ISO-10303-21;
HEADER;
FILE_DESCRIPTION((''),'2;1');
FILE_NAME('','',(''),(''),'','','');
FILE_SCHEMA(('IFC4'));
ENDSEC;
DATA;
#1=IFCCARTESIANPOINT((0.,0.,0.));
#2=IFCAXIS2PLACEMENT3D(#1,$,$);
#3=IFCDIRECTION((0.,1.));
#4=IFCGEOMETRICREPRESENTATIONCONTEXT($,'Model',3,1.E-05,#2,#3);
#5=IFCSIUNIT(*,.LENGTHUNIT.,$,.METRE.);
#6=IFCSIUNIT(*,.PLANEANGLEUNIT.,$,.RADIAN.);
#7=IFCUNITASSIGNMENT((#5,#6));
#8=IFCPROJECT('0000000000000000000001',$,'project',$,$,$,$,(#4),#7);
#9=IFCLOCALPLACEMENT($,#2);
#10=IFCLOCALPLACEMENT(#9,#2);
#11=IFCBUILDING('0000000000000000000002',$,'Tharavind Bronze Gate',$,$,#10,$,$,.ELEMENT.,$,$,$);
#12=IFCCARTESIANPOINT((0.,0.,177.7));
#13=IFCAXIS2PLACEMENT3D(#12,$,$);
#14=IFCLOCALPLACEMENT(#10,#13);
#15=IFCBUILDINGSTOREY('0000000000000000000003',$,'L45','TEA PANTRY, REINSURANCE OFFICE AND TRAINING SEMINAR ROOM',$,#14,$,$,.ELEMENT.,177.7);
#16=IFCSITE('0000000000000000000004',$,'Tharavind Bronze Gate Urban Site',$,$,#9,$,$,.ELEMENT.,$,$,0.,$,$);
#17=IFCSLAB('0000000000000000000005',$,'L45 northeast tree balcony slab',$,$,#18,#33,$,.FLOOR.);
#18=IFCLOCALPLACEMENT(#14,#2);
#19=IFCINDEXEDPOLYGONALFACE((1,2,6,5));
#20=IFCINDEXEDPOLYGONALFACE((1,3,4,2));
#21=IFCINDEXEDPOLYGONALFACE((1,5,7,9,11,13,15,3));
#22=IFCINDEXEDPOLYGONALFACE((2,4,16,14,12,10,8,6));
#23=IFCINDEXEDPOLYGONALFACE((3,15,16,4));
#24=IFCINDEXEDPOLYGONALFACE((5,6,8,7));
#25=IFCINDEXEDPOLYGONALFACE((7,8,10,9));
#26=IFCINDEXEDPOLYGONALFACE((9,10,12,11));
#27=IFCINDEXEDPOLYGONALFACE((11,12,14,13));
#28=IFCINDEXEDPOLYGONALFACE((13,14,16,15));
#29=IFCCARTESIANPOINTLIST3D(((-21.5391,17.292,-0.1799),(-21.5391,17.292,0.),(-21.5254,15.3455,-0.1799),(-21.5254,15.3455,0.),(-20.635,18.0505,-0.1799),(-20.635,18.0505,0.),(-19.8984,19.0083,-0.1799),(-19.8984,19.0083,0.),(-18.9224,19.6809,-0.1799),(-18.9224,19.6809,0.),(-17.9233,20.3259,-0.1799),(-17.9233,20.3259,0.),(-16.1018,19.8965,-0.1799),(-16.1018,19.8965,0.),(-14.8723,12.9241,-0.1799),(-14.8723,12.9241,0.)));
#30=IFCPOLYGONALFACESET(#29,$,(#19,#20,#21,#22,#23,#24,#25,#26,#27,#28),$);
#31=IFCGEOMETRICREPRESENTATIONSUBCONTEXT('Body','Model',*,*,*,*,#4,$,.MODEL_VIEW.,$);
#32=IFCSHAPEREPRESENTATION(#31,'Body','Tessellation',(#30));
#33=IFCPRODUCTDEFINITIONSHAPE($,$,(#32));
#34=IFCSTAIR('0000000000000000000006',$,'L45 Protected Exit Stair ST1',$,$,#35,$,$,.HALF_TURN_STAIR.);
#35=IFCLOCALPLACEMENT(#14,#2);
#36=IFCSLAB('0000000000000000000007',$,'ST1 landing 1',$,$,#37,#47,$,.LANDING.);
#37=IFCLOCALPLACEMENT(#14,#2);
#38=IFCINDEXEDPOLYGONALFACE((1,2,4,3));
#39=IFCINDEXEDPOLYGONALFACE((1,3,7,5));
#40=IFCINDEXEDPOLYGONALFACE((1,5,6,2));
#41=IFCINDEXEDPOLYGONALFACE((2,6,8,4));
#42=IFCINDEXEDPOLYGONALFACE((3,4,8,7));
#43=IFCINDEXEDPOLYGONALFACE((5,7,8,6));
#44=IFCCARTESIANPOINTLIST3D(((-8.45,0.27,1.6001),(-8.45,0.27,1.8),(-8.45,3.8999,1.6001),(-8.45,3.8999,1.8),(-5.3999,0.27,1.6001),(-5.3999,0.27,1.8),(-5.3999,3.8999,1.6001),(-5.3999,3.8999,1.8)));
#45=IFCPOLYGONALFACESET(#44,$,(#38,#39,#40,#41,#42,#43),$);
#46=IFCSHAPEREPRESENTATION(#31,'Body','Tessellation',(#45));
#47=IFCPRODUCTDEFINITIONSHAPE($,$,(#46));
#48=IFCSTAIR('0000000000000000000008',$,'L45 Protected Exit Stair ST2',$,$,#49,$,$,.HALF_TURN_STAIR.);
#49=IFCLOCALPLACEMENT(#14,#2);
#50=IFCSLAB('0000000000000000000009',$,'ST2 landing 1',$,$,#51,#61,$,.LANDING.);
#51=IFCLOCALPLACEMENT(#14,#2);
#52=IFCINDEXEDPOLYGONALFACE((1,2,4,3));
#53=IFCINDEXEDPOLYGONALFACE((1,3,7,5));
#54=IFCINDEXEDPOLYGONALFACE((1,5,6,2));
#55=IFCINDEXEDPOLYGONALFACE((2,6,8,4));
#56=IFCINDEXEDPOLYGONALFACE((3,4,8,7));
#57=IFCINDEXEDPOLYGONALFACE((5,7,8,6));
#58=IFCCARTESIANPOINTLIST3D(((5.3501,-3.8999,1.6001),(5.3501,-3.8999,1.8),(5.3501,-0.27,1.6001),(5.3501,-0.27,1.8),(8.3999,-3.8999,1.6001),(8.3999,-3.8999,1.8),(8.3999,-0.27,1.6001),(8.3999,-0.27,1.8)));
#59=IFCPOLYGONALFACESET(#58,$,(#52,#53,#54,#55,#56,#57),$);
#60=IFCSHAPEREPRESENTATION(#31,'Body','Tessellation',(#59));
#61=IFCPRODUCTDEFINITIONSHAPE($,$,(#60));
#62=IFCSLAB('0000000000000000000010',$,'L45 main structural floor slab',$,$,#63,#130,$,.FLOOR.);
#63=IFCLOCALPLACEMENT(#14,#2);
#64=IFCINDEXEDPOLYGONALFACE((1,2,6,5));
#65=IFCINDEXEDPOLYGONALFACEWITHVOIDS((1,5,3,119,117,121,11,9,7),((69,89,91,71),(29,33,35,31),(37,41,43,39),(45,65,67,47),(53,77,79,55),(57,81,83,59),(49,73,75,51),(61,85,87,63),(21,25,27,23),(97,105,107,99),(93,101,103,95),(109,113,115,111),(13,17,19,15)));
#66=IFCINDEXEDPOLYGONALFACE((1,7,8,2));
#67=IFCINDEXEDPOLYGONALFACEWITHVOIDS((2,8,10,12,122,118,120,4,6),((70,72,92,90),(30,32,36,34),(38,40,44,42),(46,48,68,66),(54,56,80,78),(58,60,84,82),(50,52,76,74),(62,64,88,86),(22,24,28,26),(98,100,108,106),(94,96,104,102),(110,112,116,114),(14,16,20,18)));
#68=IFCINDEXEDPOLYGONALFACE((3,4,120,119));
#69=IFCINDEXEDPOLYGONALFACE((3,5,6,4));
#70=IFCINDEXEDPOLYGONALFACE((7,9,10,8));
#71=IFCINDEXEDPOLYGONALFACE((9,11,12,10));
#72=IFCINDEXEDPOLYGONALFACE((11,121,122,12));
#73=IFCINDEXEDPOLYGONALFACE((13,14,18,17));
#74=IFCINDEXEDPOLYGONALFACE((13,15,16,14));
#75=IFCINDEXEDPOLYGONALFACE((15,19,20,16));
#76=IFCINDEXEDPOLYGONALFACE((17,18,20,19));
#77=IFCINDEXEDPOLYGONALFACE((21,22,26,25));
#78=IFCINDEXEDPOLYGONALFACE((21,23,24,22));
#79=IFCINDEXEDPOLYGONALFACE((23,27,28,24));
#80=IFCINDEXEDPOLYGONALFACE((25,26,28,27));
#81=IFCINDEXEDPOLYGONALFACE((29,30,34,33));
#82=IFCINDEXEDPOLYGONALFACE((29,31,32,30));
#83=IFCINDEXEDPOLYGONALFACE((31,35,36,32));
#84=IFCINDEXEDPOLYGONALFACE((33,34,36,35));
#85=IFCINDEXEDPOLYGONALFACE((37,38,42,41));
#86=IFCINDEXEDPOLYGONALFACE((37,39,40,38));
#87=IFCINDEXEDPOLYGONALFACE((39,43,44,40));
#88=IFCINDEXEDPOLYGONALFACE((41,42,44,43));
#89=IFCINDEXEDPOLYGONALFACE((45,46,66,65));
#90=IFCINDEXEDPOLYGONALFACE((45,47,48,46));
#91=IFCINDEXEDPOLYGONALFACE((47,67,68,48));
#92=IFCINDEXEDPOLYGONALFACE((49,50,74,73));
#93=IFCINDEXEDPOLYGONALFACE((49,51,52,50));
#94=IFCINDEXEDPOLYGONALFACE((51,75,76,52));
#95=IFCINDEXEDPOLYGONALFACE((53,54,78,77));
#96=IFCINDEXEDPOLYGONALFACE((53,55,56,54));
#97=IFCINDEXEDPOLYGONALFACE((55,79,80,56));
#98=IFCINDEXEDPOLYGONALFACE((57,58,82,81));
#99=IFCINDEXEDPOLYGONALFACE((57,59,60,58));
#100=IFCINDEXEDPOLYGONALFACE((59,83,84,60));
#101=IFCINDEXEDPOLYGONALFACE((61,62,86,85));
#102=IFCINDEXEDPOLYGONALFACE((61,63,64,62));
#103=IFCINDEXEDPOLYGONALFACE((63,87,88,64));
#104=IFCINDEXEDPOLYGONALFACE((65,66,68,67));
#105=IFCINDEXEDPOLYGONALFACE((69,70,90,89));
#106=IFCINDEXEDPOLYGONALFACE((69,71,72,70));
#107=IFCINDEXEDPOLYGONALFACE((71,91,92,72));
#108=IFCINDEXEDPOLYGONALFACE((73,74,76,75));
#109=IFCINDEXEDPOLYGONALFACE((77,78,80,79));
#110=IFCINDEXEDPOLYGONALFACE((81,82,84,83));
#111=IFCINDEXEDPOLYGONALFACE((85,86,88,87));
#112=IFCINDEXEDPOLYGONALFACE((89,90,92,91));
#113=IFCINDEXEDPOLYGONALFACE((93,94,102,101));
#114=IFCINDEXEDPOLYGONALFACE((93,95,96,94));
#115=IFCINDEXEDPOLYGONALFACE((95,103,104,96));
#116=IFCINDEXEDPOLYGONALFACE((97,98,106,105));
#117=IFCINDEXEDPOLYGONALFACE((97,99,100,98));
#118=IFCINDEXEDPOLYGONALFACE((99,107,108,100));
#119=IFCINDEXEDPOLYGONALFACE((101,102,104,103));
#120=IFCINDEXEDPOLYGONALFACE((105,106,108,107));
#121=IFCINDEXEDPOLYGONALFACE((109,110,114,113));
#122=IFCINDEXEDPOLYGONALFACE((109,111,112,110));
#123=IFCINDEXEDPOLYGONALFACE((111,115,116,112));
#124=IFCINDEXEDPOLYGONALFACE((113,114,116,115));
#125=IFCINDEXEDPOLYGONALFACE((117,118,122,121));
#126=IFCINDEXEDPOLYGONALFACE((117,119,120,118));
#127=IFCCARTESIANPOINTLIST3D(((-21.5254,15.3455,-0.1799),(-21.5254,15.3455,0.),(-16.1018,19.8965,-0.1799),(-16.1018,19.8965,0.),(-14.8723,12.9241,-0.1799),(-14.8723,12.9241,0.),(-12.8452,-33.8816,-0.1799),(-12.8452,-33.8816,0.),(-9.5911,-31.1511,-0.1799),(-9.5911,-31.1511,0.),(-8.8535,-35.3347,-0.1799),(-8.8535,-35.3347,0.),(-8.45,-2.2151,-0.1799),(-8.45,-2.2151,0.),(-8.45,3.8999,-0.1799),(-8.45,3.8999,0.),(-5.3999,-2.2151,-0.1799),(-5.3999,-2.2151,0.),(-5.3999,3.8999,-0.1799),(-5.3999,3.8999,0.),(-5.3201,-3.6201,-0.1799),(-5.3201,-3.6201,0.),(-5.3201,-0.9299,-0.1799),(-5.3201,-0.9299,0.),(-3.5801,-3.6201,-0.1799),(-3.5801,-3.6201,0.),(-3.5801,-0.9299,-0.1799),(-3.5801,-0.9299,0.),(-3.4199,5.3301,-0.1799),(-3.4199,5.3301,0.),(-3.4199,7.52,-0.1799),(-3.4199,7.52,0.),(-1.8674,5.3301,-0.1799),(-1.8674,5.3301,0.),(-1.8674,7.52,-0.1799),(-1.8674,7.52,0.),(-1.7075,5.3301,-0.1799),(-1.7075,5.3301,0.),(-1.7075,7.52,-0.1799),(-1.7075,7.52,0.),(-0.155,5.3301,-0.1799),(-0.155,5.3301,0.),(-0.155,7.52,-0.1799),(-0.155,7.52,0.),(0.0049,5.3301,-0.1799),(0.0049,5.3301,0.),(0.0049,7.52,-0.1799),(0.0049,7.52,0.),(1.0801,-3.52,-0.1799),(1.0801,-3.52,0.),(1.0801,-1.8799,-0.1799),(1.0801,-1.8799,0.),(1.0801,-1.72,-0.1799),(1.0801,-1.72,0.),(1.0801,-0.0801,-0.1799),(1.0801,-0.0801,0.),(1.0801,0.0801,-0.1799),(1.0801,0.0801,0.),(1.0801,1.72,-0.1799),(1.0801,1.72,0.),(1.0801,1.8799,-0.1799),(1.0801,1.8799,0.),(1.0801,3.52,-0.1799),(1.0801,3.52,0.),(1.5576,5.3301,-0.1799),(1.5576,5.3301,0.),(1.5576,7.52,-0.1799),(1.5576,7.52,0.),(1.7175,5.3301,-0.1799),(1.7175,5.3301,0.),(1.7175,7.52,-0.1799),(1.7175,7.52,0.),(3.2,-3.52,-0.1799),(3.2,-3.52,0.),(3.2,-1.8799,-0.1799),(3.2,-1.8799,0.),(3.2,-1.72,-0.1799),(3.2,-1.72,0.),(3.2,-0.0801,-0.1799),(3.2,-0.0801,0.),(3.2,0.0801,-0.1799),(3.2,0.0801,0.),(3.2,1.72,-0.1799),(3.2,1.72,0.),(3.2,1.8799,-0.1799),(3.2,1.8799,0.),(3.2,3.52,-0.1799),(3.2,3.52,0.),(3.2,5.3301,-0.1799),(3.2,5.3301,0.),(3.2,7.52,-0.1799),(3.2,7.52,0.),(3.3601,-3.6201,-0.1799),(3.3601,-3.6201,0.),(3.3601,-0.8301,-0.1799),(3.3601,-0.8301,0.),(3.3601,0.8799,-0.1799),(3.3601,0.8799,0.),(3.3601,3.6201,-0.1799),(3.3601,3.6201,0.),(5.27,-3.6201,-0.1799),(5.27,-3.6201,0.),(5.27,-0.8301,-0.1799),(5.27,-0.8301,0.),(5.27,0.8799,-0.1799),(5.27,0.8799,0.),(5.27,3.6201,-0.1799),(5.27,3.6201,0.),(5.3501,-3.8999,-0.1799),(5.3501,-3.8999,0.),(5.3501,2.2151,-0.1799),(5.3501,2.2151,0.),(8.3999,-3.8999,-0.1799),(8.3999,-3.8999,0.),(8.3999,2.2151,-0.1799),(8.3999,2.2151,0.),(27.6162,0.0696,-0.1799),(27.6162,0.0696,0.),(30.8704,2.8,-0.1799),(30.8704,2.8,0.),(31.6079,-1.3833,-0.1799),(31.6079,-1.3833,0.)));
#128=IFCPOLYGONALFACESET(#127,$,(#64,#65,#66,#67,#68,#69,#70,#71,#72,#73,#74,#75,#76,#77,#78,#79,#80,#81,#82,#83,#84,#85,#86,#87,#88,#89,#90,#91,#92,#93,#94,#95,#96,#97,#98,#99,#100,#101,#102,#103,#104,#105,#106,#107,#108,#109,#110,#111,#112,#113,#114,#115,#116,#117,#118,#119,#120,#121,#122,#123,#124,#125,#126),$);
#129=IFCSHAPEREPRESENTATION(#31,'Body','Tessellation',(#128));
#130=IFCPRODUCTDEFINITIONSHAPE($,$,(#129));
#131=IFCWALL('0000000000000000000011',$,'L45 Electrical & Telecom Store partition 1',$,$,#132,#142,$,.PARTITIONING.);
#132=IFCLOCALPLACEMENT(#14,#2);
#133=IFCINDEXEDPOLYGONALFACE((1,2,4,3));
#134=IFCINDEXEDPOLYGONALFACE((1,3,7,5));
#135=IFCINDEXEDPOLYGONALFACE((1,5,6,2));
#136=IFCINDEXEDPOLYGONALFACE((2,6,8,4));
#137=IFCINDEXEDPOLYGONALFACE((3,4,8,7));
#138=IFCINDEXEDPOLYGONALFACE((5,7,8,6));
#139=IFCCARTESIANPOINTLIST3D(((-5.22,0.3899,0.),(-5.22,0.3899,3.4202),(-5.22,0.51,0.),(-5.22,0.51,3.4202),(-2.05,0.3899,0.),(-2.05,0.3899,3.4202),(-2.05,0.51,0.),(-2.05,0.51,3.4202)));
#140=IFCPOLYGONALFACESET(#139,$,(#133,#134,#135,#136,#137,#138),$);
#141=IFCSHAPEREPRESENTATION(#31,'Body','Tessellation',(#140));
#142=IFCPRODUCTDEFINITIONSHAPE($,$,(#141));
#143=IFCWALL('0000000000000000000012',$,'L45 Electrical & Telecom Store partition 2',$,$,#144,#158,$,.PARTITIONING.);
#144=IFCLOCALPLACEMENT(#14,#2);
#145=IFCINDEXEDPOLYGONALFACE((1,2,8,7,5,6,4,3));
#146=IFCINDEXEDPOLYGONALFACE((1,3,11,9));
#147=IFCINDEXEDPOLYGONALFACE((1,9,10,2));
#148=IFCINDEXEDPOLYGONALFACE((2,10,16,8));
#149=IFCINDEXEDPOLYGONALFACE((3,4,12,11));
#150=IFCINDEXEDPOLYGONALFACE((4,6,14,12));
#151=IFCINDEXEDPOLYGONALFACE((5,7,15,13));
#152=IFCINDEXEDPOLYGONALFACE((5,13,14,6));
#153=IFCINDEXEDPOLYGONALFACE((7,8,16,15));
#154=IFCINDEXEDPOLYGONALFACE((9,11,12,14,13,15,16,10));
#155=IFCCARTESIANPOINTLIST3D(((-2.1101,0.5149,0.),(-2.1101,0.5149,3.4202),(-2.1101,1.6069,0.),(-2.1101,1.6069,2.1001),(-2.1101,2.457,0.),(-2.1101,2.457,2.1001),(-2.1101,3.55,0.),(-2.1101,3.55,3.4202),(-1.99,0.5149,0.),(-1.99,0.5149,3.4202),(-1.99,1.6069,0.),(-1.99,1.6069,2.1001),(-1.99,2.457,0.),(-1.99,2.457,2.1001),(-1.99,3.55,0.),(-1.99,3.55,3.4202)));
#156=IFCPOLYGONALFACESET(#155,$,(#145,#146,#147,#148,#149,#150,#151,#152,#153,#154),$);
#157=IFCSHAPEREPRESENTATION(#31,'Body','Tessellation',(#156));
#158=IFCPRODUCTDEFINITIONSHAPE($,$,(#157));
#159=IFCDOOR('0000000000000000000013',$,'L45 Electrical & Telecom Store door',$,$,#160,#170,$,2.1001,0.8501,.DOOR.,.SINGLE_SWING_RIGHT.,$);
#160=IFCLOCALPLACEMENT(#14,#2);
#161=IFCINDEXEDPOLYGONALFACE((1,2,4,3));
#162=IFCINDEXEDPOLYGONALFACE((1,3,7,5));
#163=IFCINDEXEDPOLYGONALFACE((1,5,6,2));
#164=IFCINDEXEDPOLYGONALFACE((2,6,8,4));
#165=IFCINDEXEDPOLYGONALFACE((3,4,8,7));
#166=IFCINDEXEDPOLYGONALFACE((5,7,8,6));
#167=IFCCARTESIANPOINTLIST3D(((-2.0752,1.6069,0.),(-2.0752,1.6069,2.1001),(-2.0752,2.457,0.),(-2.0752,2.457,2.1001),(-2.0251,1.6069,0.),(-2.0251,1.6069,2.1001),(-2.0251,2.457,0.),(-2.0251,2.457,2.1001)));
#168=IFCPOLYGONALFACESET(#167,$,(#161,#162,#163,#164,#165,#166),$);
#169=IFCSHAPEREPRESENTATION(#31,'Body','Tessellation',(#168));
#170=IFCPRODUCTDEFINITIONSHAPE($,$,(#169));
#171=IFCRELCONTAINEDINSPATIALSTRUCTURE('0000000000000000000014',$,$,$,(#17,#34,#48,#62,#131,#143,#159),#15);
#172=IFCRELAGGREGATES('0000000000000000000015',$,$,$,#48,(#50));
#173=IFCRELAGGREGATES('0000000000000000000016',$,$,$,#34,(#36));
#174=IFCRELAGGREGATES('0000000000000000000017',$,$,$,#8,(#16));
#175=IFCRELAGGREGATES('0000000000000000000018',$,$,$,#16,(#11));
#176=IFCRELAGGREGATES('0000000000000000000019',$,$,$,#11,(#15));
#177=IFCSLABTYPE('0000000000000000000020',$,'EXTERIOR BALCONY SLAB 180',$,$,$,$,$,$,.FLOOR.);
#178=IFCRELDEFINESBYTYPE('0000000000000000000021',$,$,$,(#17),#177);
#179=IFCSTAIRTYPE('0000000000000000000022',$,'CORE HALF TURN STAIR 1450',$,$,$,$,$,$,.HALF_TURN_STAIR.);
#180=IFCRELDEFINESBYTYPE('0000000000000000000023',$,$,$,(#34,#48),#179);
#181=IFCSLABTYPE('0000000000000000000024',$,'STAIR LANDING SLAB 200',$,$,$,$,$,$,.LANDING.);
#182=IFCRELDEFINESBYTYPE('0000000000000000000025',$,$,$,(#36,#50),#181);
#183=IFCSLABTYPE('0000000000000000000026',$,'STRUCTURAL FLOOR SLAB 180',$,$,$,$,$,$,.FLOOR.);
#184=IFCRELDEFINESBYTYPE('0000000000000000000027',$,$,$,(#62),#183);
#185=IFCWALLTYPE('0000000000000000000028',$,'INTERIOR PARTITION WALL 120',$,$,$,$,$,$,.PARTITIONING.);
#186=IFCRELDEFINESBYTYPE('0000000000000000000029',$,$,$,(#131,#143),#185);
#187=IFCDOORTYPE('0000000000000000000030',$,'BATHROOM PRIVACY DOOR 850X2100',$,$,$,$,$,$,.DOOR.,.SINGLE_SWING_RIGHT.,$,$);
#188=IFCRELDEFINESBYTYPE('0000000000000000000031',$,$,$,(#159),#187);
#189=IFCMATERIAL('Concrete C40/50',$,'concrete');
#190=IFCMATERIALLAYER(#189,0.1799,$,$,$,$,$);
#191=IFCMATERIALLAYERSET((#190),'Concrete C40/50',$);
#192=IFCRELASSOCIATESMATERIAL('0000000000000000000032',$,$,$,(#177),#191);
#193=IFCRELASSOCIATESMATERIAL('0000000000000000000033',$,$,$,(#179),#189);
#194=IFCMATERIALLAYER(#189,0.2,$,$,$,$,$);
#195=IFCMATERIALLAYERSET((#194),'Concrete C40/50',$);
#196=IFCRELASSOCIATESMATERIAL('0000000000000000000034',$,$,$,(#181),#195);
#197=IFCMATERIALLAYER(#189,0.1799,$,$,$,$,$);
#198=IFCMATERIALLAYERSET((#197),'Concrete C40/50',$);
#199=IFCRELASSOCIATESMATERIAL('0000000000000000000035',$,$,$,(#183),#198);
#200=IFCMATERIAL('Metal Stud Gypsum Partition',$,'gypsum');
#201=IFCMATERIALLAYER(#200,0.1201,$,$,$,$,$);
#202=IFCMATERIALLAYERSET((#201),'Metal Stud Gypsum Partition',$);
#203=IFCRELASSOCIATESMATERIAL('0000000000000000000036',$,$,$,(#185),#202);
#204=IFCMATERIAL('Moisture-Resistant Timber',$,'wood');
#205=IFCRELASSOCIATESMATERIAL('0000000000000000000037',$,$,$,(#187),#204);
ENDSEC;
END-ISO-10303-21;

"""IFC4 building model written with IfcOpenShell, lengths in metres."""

from ifc_helpers import new_model, si_unit, direction, frame, frame_2d, origin, place, context, subcontext, project, spatial, polyline, rectangle, outline, extrude, material, layer, layer_set, type_object, element, fill, aggregate, save


model = new_model("IFC4")

# Units and contexts
model_context = context("Model", 3, precision=1e-05, world=origin(), true_north=direction((0.0, 1.0)))
body_context = subcontext(model_context, "Body", "Model", "MODEL_VIEW")
ifc_project = project(units=[si_unit("LENGTHUNIT", "METRE"), si_unit("PLANEANGLEUNIT", "RADIAN")], contexts=[model_context])

# Site, building, storey
site_placement = place(None, origin())
site = spatial("IfcSite", under=ifc_project, at=site_placement, Name="Tharavind Bronze Gate Urban Site", CompositionType="ELEMENT", RefElevation=0.0)
building_placement = place(site_placement, origin())
building = spatial("IfcBuilding", under=site, at=building_placement, Name="Tharavind Bronze Gate", CompositionType="ELEMENT")
storey_placement = place(building_placement, frame((0.0, 0.0, 177.7)))
storey = spatial("IfcBuildingStorey", under=building, at=storey_placement, Name="L45", Description="TEA PANTRY, REINSURANCE OFFICE AND TRAINING SEMINAR ROOM", CompositionType="ELEMENT", Elevation=177.7)

# Slab
ifc_material_1 = material(Name="Concrete C40/50", Category="concrete")
ifc_layer_1 = layer(ifc_material_1, 0.1799)
ifc_layer_set_1 = layer_set([ifc_layer_1], Name="Concrete C40/50")
slab_type_1 = type_object("IfcSlabType", Name="EXTERIOR BALCONY SLAB 180", PredefinedType="FLOOR", material=ifc_layer_set_1)
slab_1_placement = place(storey_placement, frame((0.0, 0.0, -0.1799)))
element("IfcSlab", 1, at=slab_1_placement, inside=storey, type_object=slab_type_1, Name="L45 northeast tree balcony slab", PredefinedType="FLOOR", context=body_context, shape_type="SweptSolid", body=[
    extrude(outline(polyline([(-17.9233, 20.3259), (-18.9224, 19.6809), (-19.8984, 19.0083), (-20.635, 18.0505), (-21.5391, 17.292), (-21.5254, 15.3455), (-14.8723, 12.9241), (-16.1018, 19.8965), (-17.9233, 20.3259)])), origin(), (0.0, 0.0, 1.0), 0.1799),
])

# Stairs, slabs
stair_type = type_object("IfcStairType", Name="CORE HALF TURN STAIR 1450", PredefinedType="HALF_TURN_STAIR", material=ifc_material_1)
stair_1_placement = place(storey_placement, origin())
stair_1 = element("IfcStair", 2, at=stair_1_placement, inside=storey, type_object=stair_type, Name="L45 Protected Exit Stair ST1", PredefinedType="HALF_TURN_STAIR")
ifc_layer_2 = layer(ifc_material_1, 0.2)
ifc_layer_set_2 = layer_set([ifc_layer_2], Name="Concrete C40/50")
slab_type_2 = type_object("IfcSlabType", Name="STAIR LANDING SLAB 200", PredefinedType="LANDING", material=ifc_layer_set_2)
slab_2_placement = place(storey_placement, frame((0.0, 0.0, 1.6001)))
slab_2 = element("IfcSlab", 3, at=slab_2_placement, type_object=slab_type_2, Name="ST1 landing 1", PredefinedType="LANDING", context=body_context, shape_type="SweptSolid", body=[
    extrude(outline(polyline([(-5.3999, 0.27), (-5.3999, 3.8999), (-8.45, 3.8999), (-8.45, 0.27), (-5.3999, 0.27)])), origin(), (0.0, 0.0, 1.0), 0.2),
])
stair_2_placement = place(storey_placement, origin())
stair_2 = element("IfcStair", 4, at=stair_2_placement, inside=storey, type_object=stair_type, Name="L45 Protected Exit Stair ST2", PredefinedType="HALF_TURN_STAIR")
slab_3_placement = place(storey_placement, frame((0.0, 0.0, 1.6001)))
slab_3 = element("IfcSlab", 5, at=slab_3_placement, type_object=slab_type_2, Name="ST2 landing 1", PredefinedType="LANDING", context=body_context, shape_type="SweptSolid", body=[
    extrude(outline(polyline([(5.3501, -0.27), (5.3501, -3.8999), (8.3999, -3.8999), (8.3999, -0.27), (5.3501, -0.27)])), origin(), (0.0, 0.0, 1.0), 0.2),
])
aggregate(stair_2, [slab_3])

# Slab
ifc_layer_3 = layer(ifc_material_1, 0.1799)
ifc_layer_set_3 = layer_set([ifc_layer_3], Name="Concrete C40/50")
slab_type_3 = type_object("IfcSlabType", Name="STRUCTURAL FLOOR SLAB 180", PredefinedType="FLOOR", material=ifc_layer_set_3)
slab_4_placement = place(storey_placement, frame((0.0, 0.0, -0.1799)))
element("IfcSlab", 6, at=slab_4_placement, inside=storey, type_object=slab_type_3, Name="L45 main structural floor slab", PredefinedType="FLOOR", context=body_context, shape_type="SweptSolid", body=[
    extrude(outline(polyline([(-16.1018, 19.8965), (-14.8723, 12.9241), (-21.5254, 15.3455), (-12.8452, -33.8816), (-9.5911, -31.1511), (-8.8535, -35.3347), (31.6079, -1.3833), (27.6162, 0.0696), (30.8704, 2.8), (-16.1018, 19.8965)]), holes=[polyline([(-5.3999, -2.2151), (-5.3999, 3.8999), (-8.45, 3.8999), (-8.45, -2.2151), (-5.3999, -2.2151)]), polyline([(5.3501, 2.2151), (5.3501, -3.8999), (8.3999, -3.8999), (8.3999, 2.2151), (5.3501, 2.2151)]), polyline([(-3.4199, 5.3301), (-1.8674, 5.3301), (-1.8674, 7.52), (-3.4199, 7.52), (-3.4199, 5.3301)]), polyline([(-1.7075, 5.3301), (-0.155, 5.3301), (-0.155, 7.52), (-1.7075, 7.52), (-1.7075, 5.3301)]), polyline([(0.0049, 5.3301), (1.5576, 5.3301), (1.5576, 7.52), (0.0049, 7.52), (0.0049, 5.3301)]), polyline([(1.7175, 5.3301), (3.2, 5.3301), (3.2, 7.52), (1.7175, 7.52), (1.7175, 5.3301)]), polyline([(1.0801, -3.52), (3.2, -3.52), (3.2, -1.8799), (1.0801, -1.8799), (1.0801, -3.52)]), polyline([(1.0801, -1.72), (3.2, -1.72), (3.2, -0.0801), (1.0801, -0.0801), (1.0801, -1.72)]), polyline([(1.0801, 0.0801), (3.2, 0.0801), (3.2, 1.72), (1.0801, 1.72), (1.0801, 0.0801)]), polyline([(1.0801, 1.8799), (3.2, 1.8799), (3.2, 3.52), (1.0801, 3.52), (1.0801, 1.8799)]), polyline([(-5.3201, -3.6201), (-3.5801, -3.6201), (-3.5801, -0.9299), (-5.3201, -0.9299), (-5.3201, -3.6201)]), polyline([(3.3601, 0.8799), (5.27, 0.8799), (5.27, 3.6201), (3.3601, 3.6201), (3.3601, 0.8799)]), polyline([(3.3601, -3.6201), (5.27, -3.6201), (5.27, -0.8301), (3.3601, -0.8301), (3.3601, -3.6201)])]), origin(), (0.0, 0.0, 1.0), 0.1799),
])

# Wall
ifc_material_2 = material(Name="Metal Stud Gypsum Partition", Category="gypsum")
ifc_layer_4 = layer(ifc_material_2, 0.1201)
ifc_layer_set_4 = layer_set([ifc_layer_4], Name="Metal Stud Gypsum Partition")
wall_type_1 = type_object("IfcWallType", Name="INTERIOR PARTITION WALL 120", PredefinedType="PARTITIONING", material=ifc_layer_set_4)
wall_1_placement = place(storey_placement, frame((-5.22, 0.45, 0.0), z_axis=(0.0, 0.0, 1.0), x_axis=(1.0, 0.0, 0.0)))
element("IfcWall", 7, at=wall_1_placement, inside=storey, type_object=wall_type_1, Name="L45 Electrical & Telecom Store partition 1", PredefinedType="PARTITIONING", context=body_context, shape_type="SweptSolid", body=[
    extrude(rectangle(XDim=3.1699, YDim=0.1201, at=frame_2d((1.585, 0.0))), origin(), (0.0, 0.0, 1.0), 3.4202),
])

# Wall, opening, door
wall_2_placement = place(storey_placement, frame((-2.05, 0.5149, 0.0), z_axis=(0.0, 0.0, 1.0), x_axis=(0.0, 1.0, 0.0)))
wall_2 = element("IfcWall", 8, at=wall_2_placement, inside=storey, type_object=wall_type_1, Name="L45 Electrical & Telecom Store partition 2", PredefinedType="PARTITIONING", context=body_context, shape_type="SweptSolid", body=[
    extrude(rectangle(XDim=3.0352, YDim=0.1201, at=frame_2d((1.5176, 0.0))), origin(), (0.0, 0.0, 1.0), 3.4202),
])
opening_1_placement = place(wall_2_placement, frame((1.092, 0.0, 0.0)))
opening_1 = element("IfcOpeningElement", 9, at=opening_1_placement, cuts=wall_2, PredefinedType="OPENING", context=body_context, shape_type="SweptSolid", body=[
    extrude(rectangle(XDim=0.8501, YDim=2.1001, at=frame_2d((0.425, 1.05))), frame((0.0, 0.0701, 0.0), z_axis=(0.0, -1.0, 0.0), x_axis=(1.0, 0.0, 0.0)), (0.0, 0.0, 1.0), 0.1401),
])
ifc_material_3 = material(Name="Moisture-Resistant Timber", Category="wood")
door_type_1 = type_object("IfcDoorType", Name="BATHROOM PRIVACY DOOR 850X2100", OperationType="SINGLE_SWING_RIGHT", PredefinedType="DOOR", material=ifc_material_3)
door_1_placement = place(opening_1_placement, frame((0.8501, 0.0, 0.0), z_axis=(0.0, 0.0, 1.0), x_axis=(-1.0, 0.0, 0.0)))
door_1 = element("IfcDoor", 10, at=door_1_placement, inside=storey, type_object=door_type_1, Name="L45 Electrical & Telecom Store door", OperationType="SINGLE_SWING_RIGHT", OverallHeight=2.1001, OverallWidth=0.8501, PredefinedType="DOOR", context=body_context, shape_type="SweptSolid", body=[
    extrude(rectangle(XDim=0.8501, YDim=2.1001, at=frame_2d((0.425, 1.05))), frame((0.0, 0.0249, 0.0), z_axis=(0.0, -1.0, 0.0), x_axis=(1.0, 0.0, 0.0)), (0.0, 0.0, 1.0), 0.05),
])
fill(opening_1, door_1)

aggregate(stair_1, [slab_2])

save(model, "model.ifc")
